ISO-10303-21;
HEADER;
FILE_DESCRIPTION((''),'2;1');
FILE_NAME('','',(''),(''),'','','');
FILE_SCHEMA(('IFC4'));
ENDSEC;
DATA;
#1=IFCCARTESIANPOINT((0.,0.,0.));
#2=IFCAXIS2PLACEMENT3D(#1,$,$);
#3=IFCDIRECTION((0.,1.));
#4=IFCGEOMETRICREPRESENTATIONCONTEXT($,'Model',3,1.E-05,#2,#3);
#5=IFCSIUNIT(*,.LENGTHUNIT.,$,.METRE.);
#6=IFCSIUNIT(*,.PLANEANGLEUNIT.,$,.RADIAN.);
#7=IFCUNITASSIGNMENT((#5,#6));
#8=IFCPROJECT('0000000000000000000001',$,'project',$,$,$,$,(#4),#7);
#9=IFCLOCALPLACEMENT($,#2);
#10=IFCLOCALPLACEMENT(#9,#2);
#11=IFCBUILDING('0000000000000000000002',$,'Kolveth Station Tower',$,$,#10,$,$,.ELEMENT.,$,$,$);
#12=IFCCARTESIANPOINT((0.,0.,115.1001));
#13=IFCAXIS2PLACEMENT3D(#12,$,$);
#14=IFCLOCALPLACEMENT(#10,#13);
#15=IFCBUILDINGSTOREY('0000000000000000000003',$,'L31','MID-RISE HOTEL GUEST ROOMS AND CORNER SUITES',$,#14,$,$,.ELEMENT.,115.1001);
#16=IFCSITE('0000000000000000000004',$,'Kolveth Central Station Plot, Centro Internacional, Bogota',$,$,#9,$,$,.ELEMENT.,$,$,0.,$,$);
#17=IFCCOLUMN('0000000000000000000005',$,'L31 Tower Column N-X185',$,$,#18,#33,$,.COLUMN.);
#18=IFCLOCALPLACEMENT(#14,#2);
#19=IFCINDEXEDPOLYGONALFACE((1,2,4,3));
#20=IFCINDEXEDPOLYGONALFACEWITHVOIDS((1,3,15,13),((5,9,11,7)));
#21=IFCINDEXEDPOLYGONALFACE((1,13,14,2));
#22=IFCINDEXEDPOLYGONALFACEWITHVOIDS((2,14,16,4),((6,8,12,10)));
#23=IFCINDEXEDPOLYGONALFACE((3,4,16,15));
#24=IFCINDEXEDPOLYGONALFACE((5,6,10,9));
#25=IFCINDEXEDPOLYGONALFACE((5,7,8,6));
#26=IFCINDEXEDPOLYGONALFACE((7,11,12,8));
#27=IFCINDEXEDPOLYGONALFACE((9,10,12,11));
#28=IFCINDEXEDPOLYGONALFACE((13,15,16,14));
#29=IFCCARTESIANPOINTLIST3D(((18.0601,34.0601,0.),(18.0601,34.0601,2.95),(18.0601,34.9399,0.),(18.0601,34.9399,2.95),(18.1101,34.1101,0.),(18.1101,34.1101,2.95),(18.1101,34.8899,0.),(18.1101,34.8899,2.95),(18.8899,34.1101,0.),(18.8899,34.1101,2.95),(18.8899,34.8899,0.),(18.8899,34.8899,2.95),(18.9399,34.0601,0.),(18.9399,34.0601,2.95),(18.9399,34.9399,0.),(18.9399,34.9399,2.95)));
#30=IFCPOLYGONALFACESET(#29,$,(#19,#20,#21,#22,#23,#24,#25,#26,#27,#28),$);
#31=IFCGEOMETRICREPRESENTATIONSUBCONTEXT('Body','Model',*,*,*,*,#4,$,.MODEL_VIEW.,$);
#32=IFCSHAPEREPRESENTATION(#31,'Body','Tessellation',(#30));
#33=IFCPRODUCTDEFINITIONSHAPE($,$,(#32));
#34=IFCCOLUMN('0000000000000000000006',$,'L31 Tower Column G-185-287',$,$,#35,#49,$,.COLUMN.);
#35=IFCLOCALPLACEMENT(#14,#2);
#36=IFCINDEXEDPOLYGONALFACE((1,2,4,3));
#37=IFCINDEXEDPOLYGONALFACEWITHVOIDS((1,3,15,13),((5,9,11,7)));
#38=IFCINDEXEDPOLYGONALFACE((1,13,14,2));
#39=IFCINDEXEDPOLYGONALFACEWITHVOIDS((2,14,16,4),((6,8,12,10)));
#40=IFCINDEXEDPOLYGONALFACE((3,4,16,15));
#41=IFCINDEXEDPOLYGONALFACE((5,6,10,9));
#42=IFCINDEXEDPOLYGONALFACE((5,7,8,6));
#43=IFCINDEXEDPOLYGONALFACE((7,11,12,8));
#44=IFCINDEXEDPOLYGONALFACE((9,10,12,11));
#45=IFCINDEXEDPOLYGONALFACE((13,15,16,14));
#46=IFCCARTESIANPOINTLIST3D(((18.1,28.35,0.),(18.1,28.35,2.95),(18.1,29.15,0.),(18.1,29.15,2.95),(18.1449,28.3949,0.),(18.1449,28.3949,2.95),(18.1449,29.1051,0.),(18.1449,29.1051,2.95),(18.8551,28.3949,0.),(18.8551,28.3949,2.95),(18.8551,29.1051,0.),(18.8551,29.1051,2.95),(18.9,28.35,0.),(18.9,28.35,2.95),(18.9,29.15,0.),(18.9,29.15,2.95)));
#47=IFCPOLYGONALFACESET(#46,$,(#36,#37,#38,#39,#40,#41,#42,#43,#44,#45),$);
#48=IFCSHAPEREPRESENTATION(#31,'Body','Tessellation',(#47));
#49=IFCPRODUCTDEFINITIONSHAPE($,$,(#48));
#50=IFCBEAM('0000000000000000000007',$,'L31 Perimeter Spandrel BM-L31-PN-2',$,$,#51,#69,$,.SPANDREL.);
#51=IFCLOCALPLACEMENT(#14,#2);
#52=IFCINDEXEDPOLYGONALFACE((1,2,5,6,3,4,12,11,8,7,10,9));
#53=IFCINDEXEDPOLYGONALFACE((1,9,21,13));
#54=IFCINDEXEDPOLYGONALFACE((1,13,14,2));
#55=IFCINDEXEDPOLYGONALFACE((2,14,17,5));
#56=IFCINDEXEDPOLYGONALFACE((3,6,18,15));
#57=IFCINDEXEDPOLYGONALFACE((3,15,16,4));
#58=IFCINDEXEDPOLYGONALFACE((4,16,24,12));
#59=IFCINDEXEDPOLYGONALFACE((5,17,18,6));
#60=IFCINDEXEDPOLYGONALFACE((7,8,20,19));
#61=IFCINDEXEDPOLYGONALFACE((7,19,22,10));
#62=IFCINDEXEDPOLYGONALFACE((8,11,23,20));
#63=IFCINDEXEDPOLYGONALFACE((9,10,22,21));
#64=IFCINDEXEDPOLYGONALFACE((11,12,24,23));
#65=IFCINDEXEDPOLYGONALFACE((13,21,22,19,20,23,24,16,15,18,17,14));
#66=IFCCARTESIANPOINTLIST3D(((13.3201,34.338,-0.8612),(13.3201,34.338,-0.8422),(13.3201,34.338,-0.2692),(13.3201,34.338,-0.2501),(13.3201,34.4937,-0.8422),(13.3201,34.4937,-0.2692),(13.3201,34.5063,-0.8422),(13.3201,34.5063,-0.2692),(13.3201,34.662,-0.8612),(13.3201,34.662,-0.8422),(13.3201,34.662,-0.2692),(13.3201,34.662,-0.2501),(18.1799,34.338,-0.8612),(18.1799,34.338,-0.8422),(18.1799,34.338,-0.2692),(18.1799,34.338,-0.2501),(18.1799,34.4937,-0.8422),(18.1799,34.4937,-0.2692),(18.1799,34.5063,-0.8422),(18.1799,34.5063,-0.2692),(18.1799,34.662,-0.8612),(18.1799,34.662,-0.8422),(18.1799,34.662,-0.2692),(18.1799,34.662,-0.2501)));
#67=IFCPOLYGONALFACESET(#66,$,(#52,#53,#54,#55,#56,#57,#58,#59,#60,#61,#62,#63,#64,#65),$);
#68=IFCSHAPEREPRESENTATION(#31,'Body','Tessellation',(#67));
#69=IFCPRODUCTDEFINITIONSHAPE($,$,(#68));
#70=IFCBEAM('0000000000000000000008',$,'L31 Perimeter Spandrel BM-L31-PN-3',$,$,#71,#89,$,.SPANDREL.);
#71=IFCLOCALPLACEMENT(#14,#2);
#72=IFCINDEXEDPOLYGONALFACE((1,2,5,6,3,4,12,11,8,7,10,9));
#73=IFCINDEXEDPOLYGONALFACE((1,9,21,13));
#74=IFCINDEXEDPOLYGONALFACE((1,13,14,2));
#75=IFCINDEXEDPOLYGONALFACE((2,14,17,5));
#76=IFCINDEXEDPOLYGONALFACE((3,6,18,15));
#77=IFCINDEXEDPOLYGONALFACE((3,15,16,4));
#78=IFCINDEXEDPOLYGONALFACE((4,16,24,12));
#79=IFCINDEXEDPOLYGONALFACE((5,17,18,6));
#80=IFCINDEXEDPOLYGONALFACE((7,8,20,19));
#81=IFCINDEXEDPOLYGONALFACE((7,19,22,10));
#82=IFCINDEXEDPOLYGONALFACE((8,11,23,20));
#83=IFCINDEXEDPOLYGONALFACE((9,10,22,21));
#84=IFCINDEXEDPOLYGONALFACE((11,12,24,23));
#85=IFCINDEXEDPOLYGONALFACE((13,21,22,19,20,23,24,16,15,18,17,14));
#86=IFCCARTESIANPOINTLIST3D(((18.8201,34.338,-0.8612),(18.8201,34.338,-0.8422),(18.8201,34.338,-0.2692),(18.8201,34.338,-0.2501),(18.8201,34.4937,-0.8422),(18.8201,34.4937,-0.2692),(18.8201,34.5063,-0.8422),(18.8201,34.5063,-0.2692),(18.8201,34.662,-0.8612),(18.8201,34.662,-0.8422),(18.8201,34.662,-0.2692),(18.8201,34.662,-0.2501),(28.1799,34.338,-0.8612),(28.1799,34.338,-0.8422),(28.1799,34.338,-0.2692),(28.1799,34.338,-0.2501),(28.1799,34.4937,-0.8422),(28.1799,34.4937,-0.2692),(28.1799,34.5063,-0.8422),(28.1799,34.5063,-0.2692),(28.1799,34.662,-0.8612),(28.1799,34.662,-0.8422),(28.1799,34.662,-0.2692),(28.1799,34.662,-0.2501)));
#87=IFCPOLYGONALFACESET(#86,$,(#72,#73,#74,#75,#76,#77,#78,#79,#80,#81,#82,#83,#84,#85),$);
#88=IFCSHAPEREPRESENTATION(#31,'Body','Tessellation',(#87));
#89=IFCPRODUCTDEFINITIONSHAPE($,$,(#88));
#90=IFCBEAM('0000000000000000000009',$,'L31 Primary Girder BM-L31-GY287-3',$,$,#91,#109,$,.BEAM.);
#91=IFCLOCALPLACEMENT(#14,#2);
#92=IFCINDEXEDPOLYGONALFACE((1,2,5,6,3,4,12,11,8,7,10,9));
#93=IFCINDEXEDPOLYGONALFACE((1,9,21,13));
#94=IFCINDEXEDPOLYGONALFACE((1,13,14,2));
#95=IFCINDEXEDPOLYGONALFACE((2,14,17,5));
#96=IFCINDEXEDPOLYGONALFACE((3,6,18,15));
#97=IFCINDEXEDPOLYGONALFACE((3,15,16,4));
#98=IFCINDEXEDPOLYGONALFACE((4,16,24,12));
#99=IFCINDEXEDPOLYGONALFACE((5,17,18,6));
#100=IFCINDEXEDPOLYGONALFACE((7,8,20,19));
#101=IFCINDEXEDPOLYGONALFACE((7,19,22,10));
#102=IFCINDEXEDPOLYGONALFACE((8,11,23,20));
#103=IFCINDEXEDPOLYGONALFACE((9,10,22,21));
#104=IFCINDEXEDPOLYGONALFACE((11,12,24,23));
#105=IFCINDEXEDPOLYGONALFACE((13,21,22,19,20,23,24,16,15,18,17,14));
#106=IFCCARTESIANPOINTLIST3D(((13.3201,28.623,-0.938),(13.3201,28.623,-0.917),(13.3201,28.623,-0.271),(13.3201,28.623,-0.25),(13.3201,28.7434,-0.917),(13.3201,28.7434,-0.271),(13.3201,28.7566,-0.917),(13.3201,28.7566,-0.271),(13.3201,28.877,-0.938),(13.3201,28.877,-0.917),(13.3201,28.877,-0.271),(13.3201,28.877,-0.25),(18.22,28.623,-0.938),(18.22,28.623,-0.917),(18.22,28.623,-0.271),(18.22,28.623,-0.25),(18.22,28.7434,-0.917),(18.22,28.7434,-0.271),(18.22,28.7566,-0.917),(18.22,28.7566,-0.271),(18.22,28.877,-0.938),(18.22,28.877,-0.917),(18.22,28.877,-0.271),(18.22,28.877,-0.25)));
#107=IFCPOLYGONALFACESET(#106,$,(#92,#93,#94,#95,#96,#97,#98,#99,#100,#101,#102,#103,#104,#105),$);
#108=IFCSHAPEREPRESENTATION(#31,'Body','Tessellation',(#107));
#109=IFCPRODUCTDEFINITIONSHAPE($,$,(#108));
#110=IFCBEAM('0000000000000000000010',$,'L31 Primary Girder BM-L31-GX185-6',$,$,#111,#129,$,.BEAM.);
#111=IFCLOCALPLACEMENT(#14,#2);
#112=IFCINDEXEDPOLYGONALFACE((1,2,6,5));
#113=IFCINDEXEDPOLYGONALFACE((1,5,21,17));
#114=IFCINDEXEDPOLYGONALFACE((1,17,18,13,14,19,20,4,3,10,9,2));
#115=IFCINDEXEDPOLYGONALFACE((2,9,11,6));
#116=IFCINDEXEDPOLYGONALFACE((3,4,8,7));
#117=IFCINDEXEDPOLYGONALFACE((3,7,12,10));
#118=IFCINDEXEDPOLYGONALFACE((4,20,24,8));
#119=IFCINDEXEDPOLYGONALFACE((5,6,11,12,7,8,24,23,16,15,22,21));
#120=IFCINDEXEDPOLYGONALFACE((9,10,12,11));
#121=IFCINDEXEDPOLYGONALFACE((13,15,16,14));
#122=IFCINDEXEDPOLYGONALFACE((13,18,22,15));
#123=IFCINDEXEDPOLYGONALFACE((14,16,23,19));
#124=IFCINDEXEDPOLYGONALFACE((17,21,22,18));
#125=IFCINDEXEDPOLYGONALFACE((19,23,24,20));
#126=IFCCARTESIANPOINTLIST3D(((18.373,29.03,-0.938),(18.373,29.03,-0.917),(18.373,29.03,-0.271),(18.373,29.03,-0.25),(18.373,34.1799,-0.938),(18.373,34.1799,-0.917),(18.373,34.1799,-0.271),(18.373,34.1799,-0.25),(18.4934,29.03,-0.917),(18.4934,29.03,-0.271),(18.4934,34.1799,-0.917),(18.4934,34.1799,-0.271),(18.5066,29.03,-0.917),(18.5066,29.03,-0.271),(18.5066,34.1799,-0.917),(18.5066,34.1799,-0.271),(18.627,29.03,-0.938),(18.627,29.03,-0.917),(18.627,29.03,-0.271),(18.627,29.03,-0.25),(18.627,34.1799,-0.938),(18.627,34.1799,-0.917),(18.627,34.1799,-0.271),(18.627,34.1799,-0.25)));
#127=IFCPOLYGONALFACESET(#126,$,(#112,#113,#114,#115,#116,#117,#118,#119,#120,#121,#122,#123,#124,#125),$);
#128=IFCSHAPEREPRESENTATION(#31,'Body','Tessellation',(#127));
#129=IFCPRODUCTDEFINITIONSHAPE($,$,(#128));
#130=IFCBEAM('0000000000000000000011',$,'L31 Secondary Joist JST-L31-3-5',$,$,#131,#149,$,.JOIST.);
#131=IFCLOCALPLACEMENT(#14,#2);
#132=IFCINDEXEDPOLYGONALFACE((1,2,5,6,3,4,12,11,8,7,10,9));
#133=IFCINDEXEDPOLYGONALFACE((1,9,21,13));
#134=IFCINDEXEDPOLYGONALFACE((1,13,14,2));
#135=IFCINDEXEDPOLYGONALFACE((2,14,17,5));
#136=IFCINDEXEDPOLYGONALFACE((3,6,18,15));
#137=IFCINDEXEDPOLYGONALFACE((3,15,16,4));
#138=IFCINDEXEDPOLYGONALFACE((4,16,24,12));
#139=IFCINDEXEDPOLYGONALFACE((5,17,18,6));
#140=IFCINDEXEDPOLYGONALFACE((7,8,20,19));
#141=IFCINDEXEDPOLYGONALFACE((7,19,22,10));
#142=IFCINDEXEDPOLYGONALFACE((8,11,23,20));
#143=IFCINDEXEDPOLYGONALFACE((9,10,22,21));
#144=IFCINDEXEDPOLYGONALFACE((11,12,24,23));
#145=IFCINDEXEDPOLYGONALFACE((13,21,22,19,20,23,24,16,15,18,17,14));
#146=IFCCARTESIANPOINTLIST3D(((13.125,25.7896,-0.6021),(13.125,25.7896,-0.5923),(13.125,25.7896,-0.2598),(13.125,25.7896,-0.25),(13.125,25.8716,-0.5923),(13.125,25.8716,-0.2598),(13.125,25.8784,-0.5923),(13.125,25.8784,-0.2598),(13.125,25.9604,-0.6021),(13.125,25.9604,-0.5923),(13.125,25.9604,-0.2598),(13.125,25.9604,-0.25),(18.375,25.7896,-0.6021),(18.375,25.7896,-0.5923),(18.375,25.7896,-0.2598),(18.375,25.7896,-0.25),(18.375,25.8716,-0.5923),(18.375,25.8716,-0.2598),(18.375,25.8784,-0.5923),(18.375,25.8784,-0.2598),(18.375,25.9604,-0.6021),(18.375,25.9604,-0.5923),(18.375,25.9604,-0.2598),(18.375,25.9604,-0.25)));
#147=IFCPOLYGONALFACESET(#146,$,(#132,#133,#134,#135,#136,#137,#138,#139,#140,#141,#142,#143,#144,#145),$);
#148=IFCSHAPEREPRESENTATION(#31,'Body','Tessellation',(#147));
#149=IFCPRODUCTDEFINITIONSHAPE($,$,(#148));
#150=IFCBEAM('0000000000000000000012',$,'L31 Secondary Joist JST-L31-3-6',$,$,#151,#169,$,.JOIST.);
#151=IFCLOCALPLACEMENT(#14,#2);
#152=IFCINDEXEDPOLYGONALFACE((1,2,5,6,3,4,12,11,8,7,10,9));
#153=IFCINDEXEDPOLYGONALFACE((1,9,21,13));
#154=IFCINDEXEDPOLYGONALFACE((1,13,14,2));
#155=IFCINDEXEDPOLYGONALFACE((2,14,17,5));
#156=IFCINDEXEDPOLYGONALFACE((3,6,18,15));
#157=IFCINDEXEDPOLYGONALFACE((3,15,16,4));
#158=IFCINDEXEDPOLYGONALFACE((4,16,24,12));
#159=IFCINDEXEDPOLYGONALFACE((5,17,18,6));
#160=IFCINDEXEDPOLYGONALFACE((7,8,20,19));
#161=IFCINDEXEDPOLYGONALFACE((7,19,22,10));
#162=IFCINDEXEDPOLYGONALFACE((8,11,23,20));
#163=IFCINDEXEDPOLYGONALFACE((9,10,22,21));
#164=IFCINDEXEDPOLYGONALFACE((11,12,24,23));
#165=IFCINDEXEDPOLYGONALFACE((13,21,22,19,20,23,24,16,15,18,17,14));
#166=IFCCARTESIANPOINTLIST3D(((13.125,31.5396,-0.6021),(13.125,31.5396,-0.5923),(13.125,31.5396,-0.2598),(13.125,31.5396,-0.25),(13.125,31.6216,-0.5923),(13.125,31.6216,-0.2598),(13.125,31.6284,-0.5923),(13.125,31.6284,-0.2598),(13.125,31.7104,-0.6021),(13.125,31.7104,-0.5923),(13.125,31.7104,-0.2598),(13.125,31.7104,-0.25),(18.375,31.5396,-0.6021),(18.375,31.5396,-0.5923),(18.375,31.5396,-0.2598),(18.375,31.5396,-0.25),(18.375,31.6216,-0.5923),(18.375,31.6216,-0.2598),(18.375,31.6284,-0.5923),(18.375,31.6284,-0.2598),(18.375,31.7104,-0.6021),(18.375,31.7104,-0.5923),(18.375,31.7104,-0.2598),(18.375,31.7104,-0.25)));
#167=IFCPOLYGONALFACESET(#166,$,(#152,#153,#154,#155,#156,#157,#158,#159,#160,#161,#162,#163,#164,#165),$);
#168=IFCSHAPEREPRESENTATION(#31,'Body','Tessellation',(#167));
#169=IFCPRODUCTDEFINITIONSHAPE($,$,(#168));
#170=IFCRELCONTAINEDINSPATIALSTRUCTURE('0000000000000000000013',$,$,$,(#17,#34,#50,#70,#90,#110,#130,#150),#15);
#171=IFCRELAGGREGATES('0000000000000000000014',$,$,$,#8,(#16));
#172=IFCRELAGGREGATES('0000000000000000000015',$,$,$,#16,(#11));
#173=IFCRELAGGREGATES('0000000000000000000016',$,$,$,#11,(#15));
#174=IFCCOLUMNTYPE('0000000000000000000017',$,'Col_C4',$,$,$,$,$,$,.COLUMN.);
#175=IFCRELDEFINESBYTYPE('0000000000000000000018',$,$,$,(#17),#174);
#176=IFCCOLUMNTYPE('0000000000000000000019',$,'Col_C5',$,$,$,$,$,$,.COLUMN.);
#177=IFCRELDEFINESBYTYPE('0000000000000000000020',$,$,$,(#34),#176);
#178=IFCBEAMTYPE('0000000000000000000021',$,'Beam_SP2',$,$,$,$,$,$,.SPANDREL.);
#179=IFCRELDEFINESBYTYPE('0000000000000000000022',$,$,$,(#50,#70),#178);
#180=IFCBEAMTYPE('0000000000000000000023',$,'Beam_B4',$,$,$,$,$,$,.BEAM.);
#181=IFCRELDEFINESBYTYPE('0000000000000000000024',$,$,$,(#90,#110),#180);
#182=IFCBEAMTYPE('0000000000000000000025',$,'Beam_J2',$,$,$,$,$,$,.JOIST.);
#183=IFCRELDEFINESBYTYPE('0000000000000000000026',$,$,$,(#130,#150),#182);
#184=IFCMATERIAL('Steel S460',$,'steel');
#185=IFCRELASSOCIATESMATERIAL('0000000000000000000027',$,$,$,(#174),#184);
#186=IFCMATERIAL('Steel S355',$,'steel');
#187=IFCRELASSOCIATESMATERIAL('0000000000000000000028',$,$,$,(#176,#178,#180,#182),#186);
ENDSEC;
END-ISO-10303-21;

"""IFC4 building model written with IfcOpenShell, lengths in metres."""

from ifc_helpers import new_model, si_unit, direction, frame, origin, origin_2d, place, context, subcontext, project, spatial, hollow_rectangle, i_section, extrude, source, transform, mapped, material, material_profile, profile_set, type_object, element, save


model = new_model("IFC4")

# Units and contexts
model_context = context("Model", 3, precision=1e-05, world=origin(), true_north=direction((0.0, 1.0)))
body_context = subcontext(model_context, "Body", "Model", "MODEL_VIEW")
ifc_project = project(units=[si_unit("LENGTHUNIT", "METRE"), si_unit("PLANEANGLEUNIT", "RADIAN")], contexts=[model_context])

# Site, building, storey
site_placement = place(None, origin())
site = spatial("IfcSite", under=ifc_project, at=site_placement, Name="Kolveth Central Station Plot, Centro Internacional, Bogota", CompositionType="ELEMENT", RefElevation=0.0)
building_placement = place(site_placement, origin())
building = spatial("IfcBuilding", under=site, at=building_placement, Name="Kolveth Station Tower", CompositionType="ELEMENT")
storey_placement = place(building_placement, frame((0.0, 0.0, 115.1001)))
storey = spatial("IfcBuildingStorey", under=building, at=storey_placement, Name="L31", Description="MID-RISE HOTEL GUEST ROOMS AND CORNER SUITES", CompositionType="ELEMENT", Elevation=115.1001)

# Columns
ifc_material_1 = material(Name="Steel S460", Category="steel")
ifc_material_profile_1 = material_profile(ifc_material_1, hollow_rectangle(XDim=0.8799, YDim=0.8799, WallThickness=0.05, at=origin_2d()), Name="BOX880x880x50")
ifc_profile_set_1 = profile_set([ifc_material_profile_1], Name="Steel S460")
column_type_1 = type_object("IfcColumnType", Name="Col_C4", PredefinedType="COLUMN", material=ifc_profile_set_1)
shared_shape_1 = source(origin(), body_context, "Body", "SweptSolid", [
    extrude(hollow_rectangle(XDim=0.8799, YDim=0.8799, WallThickness=0.05, at=origin_2d()), origin(), (0.0, 0.0, 1.0), 2.95),
])
column_1_placement = place(storey_placement, frame((18.5, 34.5, 0.0), z_axis=(0.0, 0.0, 1.0), x_axis=(1.0, 0.0, 0.0)))
element("IfcColumn", 1, at=column_1_placement, inside=storey, type_object=column_type_1, Name="L31 Tower Column N-X185", PredefinedType="COLUMN", context=body_context, shape_type="MappedRepresentation", body=[
    mapped(shared_shape_1, transform((0.0, 0.0, 0.0), x_axis=(1.0, 0.0, 0.0), y_axis=(0.0, 1.0, 0.0), z_axis=(0.0, 0.0, 1.0), scale=1.0)),
])
ifc_material_2 = material(Name="Steel S355", Category="steel")
ifc_material_profile_2 = material_profile(ifc_material_2, hollow_rectangle(XDim=0.8, YDim=0.8, WallThickness=0.0449, at=origin_2d()), Name="BOX800x800x45")
ifc_profile_set_2 = profile_set([ifc_material_profile_2], Name="Steel S355")
column_type_2 = type_object("IfcColumnType", Name="Col_C5", PredefinedType="COLUMN", material=ifc_profile_set_2)
shared_shape_2 = source(origin(), body_context, "Body", "SweptSolid", [
    extrude(hollow_rectangle(XDim=0.8, YDim=0.8, WallThickness=0.0449, at=origin_2d()), origin(), (0.0, 0.0, 1.0), 2.95),
])
column_2_placement = place(storey_placement, frame((18.5, 28.75, 0.0), z_axis=(0.0, 0.0, 1.0), x_axis=(1.0, 0.0, 0.0)))
element("IfcColumn", 2, at=column_2_placement, inside=storey, type_object=column_type_2, Name="L31 Tower Column G-185-287", PredefinedType="COLUMN", context=body_context, shape_type="MappedRepresentation", body=[
    mapped(shared_shape_2, transform((0.0, 0.0, 0.0), x_axis=(1.0, 0.0, 0.0), y_axis=(0.0, 1.0, 0.0), z_axis=(0.0, 0.0, 1.0), scale=1.0)),
])

# Beams
ifc_material_profile_3 = material_profile(ifc_material_2, i_section(OverallWidth=0.324, OverallDepth=0.6111, WebThickness=0.0127, FlangeThickness=0.019, at=origin_2d()), Name="W610x155")
ifc_profile_set_3 = profile_set([ifc_material_profile_3], Name="Steel S355")
beam_type_1 = type_object("IfcBeamType", Name="Beam_SP2", PredefinedType="SPANDREL", material=ifc_profile_set_3)
shared_shape_3 = source(origin(), body_context, "Body", "SweptSolid", [
    extrude(i_section(OverallWidth=0.324, OverallDepth=0.6111, WebThickness=0.0127, FlangeThickness=0.019, at=origin_2d()), origin(), (0.0, 0.0, 1.0), 4.8599),
])
beam_1_placement = place(storey_placement, frame((13.3201, 34.5, -0.5557), z_axis=(1.0, 0.0, 0.0), x_axis=(0.0, 1.0, 0.0)))
element("IfcBeam", 3, at=beam_1_placement, inside=storey, type_object=beam_type_1, Name="L31 Perimeter Spandrel BM-L31-PN-2", PredefinedType="SPANDREL", context=body_context, shape_type="MappedRepresentation", body=[
    mapped(shared_shape_3, transform((0.0, 0.0, 0.0), x_axis=(1.0, 0.0, 0.0), y_axis=(0.0, 1.0, 0.0), z_axis=(0.0, 0.0, 1.0), scale=1.0)),
])
shared_shape_4 = source(origin(), body_context, "Body", "SweptSolid", [
    extrude(i_section(OverallWidth=0.324, OverallDepth=0.6111, WebThickness=0.0127, FlangeThickness=0.019, at=origin_2d()), origin(), (0.0, 0.0, 1.0), 9.3599),
])
beam_2_placement = place(storey_placement, frame((18.8201, 34.5, -0.5557), z_axis=(1.0, 0.0, 0.0), x_axis=(0.0, 1.0, 0.0)))
element("IfcBeam", 4, at=beam_2_placement, inside=storey, type_object=beam_type_1, Name="L31 Perimeter Spandrel BM-L31-PN-3", PredefinedType="SPANDREL", context=body_context, shape_type="MappedRepresentation", body=[
    mapped(shared_shape_4, transform((0.0, 0.0, 0.0), x_axis=(1.0, 0.0, 0.0), y_axis=(0.0, 1.0, 0.0), z_axis=(0.0, 0.0, 1.0), scale=1.0)),
])
ifc_material_profile_4 = material_profile(ifc_material_2, i_section(OverallWidth=0.2539, OverallDepth=0.688, WebThickness=0.0132, FlangeThickness=0.021, at=origin_2d()), Name="W690x152")
ifc_profile_set_4 = profile_set([ifc_material_profile_4], Name="Steel S355")
beam_type_2 = type_object("IfcBeamType", Name="Beam_B4", PredefinedType="BEAM", material=ifc_profile_set_4)
shared_shape_5 = source(origin(), body_context, "Body", "SweptSolid", [
    extrude(i_section(OverallWidth=0.2539, OverallDepth=0.688, WebThickness=0.0132, FlangeThickness=0.021, at=origin_2d()), origin(), (0.0, 0.0, 1.0), 4.8999),
])
beam_3_placement = place(storey_placement, frame((13.3201, 28.75, -0.594), z_axis=(1.0, 0.0, 0.0), x_axis=(0.0, 1.0, 0.0)))
element("IfcBeam", 5, at=beam_3_placement, inside=storey, type_object=beam_type_2, Name="L31 Primary Girder BM-L31-GY287-3", PredefinedType="BEAM", context=body_context, shape_type="MappedRepresentation", body=[
    mapped(shared_shape_5, transform((0.0, 0.0, 0.0), x_axis=(1.0, 0.0, 0.0), y_axis=(0.0, 1.0, 0.0), z_axis=(0.0, 0.0, 1.0), scale=1.0)),
])
shared_shape_6 = source(origin(), body_context, "Body", "SweptSolid", [
    extrude(i_section(OverallWidth=0.2539, OverallDepth=0.688, WebThickness=0.0132, FlangeThickness=0.021, at=origin_2d()), origin(), (0.0, 0.0, 1.0), 5.1499),
])
beam_4_placement = place(storey_placement, frame((18.5, 29.03, -0.594), z_axis=(0.0, 1.0, 0.0), x_axis=(-1.0, 0.0, 0.0)))
element("IfcBeam", 6, at=beam_4_placement, inside=storey, type_object=beam_type_2, Name="L31 Primary Girder BM-L31-GX185-6", PredefinedType="BEAM", context=body_context, shape_type="MappedRepresentation", body=[
    mapped(shared_shape_6, transform((0.0, 0.0, 0.0), x_axis=(1.0, 0.0, 0.0), y_axis=(0.0, 1.0, 0.0), z_axis=(0.0, 0.0, 1.0), scale=1.0)),
])
ifc_material_profile_5 = material_profile(ifc_material_2, i_section(OverallWidth=0.1709, OverallDepth=0.3521, WebThickness=0.0068, FlangeThickness=0.0098, at=origin_2d()), Name="W360x44")
ifc_profile_set_5 = profile_set([ifc_material_profile_5], Name="Steel S355")
beam_type_3 = type_object("IfcBeamType", Name="Beam_J2", PredefinedType="JOIST", material=ifc_profile_set_5)
shared_shape_7 = source(origin(), body_context, "Body", "SweptSolid", [
    extrude(i_section(OverallWidth=0.1709, OverallDepth=0.3521, WebThickness=0.0068, FlangeThickness=0.0098, at=origin_2d()), origin(), (0.0, 0.0, 1.0), 5.25),
])
for number, where, z_axis, x_axis, name in (
    (7, (13.125, 25.875, -0.426), (1.0, 0.0, 0.0), (0.0, 1.0, 0.0), "L31 Secondary Joist JST-L31-3-5"),
    (8, (13.125, 31.625, -0.426), (1.0, 0.0, 0.0), (0.0, 1.0, 0.0), "L31 Secondary Joist JST-L31-3-6"),
):
    element("IfcBeam", number, at=place(storey_placement, frame(where, z_axis=z_axis, x_axis=x_axis)), inside=storey, type_object=beam_type_3, Name=name, PredefinedType="JOIST", context=body_context, shape_type="MappedRepresentation", body=[
        mapped(shared_shape_7, transform((0.0, 0.0, 0.0), x_axis=(1.0, 0.0, 0.0), y_axis=(0.0, 1.0, 0.0), z_axis=(0.0, 0.0, 1.0), scale=1.0)),
    ])

save(model, "model.ifc")
